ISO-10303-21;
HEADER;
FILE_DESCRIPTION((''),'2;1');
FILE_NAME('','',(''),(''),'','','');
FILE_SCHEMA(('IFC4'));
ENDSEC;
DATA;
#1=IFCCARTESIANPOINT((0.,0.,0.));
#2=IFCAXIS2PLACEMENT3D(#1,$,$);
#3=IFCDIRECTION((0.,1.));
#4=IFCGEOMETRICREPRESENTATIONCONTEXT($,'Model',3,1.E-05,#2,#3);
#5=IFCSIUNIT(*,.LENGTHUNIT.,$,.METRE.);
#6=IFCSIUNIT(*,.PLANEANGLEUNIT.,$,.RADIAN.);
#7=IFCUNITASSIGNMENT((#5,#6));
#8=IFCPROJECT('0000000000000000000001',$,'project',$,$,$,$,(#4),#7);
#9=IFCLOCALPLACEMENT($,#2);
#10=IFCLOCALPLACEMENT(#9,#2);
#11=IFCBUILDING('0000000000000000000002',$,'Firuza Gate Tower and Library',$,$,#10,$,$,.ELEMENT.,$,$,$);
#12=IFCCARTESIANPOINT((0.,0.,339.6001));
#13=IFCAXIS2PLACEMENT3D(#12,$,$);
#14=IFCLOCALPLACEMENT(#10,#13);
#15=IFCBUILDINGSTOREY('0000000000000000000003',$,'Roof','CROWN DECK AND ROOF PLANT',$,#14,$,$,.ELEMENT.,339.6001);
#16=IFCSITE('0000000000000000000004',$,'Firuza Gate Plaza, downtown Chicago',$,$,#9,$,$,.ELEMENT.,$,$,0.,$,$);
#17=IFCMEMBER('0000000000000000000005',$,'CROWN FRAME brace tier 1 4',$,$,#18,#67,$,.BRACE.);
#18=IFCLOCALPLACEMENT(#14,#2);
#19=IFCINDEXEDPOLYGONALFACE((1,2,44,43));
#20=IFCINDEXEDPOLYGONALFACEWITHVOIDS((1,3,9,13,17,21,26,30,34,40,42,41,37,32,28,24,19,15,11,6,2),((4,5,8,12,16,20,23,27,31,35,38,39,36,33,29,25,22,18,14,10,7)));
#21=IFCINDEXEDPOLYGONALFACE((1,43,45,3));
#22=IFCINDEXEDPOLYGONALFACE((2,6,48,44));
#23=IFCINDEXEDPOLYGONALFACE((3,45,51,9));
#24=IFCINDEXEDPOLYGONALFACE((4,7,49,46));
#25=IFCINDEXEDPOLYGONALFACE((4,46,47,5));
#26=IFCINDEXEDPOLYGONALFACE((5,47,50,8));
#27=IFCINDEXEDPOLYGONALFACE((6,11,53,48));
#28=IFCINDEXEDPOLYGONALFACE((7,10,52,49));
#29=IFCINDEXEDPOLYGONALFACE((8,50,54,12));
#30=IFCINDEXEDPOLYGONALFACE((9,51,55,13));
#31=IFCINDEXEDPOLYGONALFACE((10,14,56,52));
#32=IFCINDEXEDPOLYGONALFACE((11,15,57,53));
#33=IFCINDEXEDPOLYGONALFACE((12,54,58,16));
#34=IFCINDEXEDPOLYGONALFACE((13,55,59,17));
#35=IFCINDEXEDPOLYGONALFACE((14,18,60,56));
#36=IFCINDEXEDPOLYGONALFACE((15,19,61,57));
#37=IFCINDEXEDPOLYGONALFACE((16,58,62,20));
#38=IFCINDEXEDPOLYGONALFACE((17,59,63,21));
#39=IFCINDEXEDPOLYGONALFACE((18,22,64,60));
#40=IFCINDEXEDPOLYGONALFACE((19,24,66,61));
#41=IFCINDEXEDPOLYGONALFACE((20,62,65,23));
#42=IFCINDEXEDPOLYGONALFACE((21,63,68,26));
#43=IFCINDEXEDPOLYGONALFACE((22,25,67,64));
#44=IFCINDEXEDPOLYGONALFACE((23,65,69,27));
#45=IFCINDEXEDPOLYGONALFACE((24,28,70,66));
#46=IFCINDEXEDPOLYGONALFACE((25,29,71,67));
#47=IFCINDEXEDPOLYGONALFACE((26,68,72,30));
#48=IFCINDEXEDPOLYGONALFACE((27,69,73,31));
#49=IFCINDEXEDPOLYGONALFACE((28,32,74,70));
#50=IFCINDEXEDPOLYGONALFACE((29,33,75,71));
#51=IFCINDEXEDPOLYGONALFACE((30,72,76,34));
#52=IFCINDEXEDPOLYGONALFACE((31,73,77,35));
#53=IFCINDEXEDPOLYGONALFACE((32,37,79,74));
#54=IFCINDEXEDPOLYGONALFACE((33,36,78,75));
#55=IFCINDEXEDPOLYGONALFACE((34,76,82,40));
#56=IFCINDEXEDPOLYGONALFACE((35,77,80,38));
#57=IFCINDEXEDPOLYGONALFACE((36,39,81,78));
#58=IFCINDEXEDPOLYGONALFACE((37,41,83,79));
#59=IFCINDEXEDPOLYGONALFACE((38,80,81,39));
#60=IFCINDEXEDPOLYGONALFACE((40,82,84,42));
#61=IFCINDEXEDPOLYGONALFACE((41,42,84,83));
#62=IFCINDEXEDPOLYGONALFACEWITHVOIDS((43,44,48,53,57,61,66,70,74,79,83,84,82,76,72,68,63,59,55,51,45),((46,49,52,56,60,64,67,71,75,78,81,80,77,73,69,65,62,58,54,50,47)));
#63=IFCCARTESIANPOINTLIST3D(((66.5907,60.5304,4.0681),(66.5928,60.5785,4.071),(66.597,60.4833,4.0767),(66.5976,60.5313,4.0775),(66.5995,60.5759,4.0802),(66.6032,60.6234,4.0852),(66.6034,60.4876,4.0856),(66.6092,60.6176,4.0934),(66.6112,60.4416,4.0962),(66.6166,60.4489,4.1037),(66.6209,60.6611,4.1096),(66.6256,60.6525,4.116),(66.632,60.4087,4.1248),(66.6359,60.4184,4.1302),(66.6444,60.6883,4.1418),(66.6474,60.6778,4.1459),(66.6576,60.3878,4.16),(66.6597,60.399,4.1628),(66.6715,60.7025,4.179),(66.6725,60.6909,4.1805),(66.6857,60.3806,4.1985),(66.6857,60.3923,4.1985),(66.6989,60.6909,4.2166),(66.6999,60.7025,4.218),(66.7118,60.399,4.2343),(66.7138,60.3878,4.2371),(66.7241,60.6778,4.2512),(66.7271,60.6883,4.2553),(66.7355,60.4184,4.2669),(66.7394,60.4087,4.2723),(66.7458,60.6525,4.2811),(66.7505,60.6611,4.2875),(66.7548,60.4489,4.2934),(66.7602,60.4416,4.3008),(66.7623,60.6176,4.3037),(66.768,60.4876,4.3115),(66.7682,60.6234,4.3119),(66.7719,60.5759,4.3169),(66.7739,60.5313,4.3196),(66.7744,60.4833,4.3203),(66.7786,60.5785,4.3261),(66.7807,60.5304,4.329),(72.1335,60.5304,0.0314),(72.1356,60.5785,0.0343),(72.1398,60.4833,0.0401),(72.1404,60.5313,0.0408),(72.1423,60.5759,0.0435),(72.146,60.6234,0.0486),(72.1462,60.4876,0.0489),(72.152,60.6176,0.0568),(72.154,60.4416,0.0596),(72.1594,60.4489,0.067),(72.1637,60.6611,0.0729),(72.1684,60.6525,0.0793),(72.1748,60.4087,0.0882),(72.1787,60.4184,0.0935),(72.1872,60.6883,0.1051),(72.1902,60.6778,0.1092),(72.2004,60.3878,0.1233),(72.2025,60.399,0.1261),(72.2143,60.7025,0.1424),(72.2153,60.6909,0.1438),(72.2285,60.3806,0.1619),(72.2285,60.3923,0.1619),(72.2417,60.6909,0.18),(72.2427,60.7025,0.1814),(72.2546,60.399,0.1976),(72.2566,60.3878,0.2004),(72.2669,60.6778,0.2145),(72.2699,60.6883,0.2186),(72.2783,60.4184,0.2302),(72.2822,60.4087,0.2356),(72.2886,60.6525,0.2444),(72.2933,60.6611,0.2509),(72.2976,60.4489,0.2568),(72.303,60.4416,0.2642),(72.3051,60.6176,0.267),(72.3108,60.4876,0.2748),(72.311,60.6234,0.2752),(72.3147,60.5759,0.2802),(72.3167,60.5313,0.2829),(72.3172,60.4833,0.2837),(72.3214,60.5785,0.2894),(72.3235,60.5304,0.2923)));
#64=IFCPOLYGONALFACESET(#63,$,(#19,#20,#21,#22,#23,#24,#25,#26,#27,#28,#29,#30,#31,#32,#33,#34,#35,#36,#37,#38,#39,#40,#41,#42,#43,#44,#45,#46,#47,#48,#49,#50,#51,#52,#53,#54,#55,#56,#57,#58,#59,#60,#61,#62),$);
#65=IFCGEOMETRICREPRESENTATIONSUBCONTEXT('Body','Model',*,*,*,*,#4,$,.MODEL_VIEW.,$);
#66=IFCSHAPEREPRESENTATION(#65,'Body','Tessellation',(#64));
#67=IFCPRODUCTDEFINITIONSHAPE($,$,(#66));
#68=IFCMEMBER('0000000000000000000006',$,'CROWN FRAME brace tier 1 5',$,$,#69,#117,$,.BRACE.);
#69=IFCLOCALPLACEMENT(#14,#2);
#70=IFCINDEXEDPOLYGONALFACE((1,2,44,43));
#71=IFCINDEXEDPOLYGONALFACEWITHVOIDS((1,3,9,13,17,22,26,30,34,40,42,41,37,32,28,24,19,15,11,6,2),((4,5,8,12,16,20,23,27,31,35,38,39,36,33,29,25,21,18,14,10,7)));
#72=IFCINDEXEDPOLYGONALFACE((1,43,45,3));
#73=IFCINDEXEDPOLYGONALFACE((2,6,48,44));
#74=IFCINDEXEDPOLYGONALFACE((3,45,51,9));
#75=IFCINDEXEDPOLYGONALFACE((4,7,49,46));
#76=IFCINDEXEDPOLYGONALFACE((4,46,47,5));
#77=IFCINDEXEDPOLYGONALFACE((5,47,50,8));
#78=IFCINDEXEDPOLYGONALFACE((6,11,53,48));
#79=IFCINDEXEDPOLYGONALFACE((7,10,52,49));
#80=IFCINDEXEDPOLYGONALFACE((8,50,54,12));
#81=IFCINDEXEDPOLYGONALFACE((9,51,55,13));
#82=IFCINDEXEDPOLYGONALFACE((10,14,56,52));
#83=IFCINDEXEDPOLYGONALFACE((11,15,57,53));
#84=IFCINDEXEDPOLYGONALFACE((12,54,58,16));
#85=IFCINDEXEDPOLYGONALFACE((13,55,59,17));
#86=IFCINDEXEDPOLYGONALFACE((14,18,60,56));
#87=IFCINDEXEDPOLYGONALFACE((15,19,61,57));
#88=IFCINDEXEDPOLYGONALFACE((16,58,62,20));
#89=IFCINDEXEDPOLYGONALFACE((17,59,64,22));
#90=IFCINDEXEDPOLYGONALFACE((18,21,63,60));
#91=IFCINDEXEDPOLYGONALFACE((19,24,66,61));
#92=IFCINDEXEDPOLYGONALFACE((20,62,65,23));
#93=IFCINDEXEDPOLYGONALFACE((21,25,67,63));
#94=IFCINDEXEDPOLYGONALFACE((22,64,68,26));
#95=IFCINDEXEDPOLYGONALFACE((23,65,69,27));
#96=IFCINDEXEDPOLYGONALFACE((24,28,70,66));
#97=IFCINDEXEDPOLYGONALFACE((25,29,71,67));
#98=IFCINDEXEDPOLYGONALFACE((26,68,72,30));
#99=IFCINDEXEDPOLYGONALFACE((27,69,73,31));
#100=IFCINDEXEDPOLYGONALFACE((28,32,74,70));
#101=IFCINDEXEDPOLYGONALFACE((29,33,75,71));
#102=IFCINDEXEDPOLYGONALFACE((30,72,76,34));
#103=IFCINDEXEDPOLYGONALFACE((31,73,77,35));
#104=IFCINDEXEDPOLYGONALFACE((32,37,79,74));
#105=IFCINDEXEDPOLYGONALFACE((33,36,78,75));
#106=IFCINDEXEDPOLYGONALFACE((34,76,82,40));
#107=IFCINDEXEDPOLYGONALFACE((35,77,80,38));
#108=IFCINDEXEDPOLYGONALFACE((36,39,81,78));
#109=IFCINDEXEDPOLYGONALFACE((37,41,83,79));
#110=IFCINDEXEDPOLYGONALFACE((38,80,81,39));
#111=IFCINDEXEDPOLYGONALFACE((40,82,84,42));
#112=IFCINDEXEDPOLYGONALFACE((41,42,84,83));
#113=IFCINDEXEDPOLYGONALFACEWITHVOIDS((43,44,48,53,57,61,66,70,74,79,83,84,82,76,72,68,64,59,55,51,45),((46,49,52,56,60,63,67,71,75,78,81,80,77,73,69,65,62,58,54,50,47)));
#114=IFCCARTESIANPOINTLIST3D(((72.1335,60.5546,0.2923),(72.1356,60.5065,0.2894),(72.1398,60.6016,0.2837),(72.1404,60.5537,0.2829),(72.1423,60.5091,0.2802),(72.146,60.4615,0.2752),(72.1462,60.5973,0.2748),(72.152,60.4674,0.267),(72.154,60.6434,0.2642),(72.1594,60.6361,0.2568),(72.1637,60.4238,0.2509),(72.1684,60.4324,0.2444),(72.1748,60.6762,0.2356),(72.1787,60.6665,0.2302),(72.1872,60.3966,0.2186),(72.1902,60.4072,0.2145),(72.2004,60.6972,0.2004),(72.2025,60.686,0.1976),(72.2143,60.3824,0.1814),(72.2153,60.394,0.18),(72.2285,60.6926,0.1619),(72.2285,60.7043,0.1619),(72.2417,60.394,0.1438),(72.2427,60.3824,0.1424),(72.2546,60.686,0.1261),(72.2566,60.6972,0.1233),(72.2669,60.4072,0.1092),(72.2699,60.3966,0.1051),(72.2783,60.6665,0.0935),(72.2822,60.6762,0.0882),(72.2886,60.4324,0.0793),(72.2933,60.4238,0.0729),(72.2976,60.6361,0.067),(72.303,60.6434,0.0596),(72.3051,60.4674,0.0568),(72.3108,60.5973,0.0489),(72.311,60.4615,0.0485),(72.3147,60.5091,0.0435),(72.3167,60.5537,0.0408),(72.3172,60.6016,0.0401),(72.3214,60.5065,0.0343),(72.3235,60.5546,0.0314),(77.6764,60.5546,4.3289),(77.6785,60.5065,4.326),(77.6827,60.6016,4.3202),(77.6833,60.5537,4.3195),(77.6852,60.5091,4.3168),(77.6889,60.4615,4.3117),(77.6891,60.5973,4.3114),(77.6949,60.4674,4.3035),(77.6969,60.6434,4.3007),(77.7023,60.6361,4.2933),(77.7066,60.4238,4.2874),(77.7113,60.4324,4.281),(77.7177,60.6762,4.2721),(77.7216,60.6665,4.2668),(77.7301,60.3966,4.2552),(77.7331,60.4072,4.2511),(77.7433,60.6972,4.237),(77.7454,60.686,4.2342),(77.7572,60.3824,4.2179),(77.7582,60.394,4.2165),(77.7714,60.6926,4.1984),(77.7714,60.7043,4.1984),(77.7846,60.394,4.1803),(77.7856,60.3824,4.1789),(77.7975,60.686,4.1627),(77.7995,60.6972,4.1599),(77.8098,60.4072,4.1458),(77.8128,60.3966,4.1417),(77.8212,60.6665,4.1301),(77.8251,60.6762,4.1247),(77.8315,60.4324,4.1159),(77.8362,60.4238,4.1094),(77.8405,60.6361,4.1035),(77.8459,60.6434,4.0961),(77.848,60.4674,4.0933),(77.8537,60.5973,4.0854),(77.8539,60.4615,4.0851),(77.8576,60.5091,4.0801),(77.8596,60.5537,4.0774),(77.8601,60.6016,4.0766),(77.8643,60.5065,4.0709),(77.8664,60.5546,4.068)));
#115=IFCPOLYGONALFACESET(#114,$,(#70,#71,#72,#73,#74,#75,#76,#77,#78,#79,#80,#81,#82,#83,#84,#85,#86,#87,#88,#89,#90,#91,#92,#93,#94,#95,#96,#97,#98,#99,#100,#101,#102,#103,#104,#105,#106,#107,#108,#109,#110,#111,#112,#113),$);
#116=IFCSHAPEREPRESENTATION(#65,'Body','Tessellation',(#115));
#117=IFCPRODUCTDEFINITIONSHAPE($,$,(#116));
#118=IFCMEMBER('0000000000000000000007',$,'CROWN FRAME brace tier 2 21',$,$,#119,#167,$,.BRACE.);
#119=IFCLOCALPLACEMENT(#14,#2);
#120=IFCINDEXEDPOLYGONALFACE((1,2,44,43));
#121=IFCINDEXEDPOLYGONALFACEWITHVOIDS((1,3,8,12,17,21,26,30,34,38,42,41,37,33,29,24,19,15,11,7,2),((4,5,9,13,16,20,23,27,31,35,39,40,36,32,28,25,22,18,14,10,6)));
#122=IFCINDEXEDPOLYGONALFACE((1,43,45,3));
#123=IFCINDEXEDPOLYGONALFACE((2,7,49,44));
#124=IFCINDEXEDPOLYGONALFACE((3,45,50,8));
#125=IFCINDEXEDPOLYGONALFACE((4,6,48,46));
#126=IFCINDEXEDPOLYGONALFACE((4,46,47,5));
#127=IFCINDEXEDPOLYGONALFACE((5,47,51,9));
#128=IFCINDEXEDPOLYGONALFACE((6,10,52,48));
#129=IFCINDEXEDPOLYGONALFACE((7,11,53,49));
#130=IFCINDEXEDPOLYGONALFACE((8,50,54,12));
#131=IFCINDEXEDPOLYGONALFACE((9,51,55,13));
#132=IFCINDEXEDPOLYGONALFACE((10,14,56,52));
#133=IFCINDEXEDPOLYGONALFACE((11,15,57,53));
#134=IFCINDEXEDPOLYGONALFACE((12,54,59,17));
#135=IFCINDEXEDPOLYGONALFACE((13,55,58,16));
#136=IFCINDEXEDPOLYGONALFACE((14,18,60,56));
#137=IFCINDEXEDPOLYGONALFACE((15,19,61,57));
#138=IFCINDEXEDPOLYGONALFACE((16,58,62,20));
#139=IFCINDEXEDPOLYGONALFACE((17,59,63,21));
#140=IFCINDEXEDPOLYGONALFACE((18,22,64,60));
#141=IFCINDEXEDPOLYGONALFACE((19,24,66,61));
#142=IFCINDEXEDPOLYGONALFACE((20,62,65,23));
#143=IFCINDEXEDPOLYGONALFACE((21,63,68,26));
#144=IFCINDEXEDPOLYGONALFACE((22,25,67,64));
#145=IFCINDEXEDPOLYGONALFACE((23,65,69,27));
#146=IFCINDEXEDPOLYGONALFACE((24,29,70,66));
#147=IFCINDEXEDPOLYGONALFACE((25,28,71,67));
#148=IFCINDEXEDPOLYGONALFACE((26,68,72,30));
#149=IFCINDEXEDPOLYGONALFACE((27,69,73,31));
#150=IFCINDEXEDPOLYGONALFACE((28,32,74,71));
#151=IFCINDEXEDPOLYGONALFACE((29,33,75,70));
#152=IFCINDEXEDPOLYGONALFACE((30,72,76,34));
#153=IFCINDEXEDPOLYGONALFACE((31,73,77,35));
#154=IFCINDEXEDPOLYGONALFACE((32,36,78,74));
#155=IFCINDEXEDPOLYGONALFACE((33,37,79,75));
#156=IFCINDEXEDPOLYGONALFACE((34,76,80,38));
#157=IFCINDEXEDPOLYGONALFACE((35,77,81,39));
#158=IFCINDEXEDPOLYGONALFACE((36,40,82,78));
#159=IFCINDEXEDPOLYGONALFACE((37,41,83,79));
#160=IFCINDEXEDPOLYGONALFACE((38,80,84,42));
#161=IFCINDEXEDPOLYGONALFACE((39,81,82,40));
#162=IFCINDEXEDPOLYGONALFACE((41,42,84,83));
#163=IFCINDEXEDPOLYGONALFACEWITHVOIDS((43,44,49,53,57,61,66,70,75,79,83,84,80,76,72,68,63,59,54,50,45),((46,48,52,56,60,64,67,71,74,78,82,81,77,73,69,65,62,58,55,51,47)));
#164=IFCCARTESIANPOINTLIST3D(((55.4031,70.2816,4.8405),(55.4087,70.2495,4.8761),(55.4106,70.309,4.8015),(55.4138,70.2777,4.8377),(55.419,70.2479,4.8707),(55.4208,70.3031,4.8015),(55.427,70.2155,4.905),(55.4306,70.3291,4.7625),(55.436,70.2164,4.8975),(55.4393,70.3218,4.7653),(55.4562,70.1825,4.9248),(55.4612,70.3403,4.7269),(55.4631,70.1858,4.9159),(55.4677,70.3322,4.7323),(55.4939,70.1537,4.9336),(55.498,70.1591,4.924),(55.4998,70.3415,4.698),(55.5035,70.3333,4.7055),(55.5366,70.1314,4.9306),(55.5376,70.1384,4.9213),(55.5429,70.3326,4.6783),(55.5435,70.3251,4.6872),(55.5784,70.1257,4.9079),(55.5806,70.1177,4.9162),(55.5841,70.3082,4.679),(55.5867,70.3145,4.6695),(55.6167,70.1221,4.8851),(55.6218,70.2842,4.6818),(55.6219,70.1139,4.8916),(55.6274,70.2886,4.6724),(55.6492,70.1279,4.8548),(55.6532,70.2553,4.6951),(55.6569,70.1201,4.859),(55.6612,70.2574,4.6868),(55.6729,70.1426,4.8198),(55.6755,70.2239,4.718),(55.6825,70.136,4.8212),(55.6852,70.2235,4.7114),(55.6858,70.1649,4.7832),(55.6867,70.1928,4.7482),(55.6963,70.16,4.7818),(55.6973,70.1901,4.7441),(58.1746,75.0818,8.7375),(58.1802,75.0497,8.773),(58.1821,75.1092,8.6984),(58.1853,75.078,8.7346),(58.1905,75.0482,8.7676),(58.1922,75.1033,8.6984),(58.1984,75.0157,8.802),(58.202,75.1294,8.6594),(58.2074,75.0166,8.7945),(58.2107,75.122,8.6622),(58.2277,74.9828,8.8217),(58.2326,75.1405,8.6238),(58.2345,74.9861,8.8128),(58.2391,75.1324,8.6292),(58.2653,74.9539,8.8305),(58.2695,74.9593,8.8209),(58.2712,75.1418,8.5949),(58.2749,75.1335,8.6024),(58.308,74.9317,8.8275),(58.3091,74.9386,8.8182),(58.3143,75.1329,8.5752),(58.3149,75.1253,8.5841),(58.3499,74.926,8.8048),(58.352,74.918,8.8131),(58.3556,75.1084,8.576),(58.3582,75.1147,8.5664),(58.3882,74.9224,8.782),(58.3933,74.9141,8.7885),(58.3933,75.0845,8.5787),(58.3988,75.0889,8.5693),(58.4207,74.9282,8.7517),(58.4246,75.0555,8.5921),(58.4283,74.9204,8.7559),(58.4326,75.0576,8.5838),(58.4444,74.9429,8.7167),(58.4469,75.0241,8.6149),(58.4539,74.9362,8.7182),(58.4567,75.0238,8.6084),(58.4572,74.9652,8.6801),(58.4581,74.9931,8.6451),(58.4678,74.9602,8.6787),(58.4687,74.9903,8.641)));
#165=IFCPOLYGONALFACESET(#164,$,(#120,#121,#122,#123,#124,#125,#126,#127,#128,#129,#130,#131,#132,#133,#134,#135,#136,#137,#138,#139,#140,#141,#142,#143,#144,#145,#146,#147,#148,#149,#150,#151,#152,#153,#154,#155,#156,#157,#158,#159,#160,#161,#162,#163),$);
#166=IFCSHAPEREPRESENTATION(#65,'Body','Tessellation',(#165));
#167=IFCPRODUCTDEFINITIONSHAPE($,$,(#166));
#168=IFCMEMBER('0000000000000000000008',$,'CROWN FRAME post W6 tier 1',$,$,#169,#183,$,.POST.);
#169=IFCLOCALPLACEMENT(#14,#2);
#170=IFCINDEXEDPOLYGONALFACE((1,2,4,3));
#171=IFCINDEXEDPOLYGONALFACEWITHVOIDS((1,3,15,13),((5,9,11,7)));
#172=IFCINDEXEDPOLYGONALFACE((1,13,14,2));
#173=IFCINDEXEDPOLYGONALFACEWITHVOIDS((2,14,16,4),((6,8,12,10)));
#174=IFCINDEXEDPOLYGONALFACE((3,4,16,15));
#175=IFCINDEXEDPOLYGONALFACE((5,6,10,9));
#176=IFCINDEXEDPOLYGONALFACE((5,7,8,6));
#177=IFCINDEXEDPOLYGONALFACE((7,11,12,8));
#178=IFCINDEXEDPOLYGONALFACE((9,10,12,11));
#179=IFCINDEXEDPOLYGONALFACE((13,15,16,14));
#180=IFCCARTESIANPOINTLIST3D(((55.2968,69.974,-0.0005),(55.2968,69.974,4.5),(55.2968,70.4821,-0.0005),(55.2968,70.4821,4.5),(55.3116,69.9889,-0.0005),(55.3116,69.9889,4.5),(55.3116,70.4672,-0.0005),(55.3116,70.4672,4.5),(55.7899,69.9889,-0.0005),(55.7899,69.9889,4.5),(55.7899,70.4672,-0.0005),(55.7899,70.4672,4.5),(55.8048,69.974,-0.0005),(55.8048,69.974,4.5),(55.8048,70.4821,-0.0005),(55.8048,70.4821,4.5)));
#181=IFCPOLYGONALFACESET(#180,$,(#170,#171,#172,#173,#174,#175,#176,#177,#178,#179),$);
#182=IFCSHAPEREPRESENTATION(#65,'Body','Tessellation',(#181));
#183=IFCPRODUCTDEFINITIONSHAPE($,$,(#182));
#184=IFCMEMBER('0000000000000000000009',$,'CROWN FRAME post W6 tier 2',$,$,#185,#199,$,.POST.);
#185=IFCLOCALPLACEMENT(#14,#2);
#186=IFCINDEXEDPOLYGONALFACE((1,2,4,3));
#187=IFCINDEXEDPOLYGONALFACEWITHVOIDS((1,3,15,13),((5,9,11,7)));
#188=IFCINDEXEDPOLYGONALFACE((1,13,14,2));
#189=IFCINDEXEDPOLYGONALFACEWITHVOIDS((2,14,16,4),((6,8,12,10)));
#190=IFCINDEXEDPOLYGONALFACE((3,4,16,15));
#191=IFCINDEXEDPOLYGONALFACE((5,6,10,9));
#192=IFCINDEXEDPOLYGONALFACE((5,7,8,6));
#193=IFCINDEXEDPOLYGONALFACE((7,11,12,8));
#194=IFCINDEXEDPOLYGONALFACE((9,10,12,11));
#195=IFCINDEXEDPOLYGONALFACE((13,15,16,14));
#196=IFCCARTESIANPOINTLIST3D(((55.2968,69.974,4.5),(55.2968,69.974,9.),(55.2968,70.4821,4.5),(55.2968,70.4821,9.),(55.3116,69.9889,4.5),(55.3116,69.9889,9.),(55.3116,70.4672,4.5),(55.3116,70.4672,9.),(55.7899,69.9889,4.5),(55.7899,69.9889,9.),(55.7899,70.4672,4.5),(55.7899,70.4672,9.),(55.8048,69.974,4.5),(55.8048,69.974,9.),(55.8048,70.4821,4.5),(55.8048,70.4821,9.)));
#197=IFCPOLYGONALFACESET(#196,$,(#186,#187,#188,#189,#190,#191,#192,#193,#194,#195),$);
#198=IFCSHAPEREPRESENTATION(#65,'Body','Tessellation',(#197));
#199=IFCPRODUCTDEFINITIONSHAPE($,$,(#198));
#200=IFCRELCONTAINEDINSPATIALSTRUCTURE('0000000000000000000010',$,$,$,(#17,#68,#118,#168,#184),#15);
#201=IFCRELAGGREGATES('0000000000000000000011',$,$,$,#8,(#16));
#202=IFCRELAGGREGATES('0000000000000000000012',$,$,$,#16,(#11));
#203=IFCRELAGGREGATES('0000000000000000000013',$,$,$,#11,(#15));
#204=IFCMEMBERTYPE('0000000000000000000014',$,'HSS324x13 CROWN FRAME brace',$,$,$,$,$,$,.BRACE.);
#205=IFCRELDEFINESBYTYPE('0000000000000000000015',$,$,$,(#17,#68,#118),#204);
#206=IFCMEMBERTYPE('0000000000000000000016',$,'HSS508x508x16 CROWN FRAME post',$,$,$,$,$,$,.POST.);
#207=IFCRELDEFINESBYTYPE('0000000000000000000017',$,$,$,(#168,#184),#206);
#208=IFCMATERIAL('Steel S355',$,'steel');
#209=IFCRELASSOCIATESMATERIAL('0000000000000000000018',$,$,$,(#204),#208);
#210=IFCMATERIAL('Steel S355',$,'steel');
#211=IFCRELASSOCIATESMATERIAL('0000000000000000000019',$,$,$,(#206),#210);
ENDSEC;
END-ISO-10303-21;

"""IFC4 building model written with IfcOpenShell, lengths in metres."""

from ifc_helpers import new_model, si_unit, direction, frame, origin, origin_2d, place, context, subcontext, project, spatial, hollow_rectangle, hollow_circle, extrude, material, material_profile, profile_set, type_object, element, save


model = new_model("IFC4")

# Units and contexts
model_context = context("Model", 3, precision=1e-05, world=origin(), true_north=direction((0.0, 1.0)))
body_context = subcontext(model_context, "Body", "Model", "MODEL_VIEW")
ifc_project = project(units=[si_unit("LENGTHUNIT", "METRE"), si_unit("PLANEANGLEUNIT", "RADIAN")], contexts=[model_context])

# Site, building, storey
site_placement = place(None, origin())
site = spatial("IfcSite", under=ifc_project, at=site_placement, Name="Firuza Gate Plaza, downtown Chicago", CompositionType="ELEMENT", RefElevation=0.0)
building_placement = place(site_placement, origin())
building = spatial("IfcBuilding", under=site, at=building_placement, Name="Firuza Gate Tower and Library", CompositionType="ELEMENT")
storey_placement = place(building_placement, frame((0.0, 0.0, 339.6001)))
storey = spatial("IfcBuildingStorey", under=building, at=storey_placement, Name="Roof", Description="CROWN DECK AND ROOF PLANT", CompositionType="ELEMENT", Elevation=339.6001)

# Members
ifc_material_1 = material(Name="Steel S355", Category="steel")
ifc_material_profile_1 = material_profile(ifc_material_1, hollow_circle(Radius=0.1619, WallThickness=0.0117, at=origin_2d()))
ifc_profile_set_1 = profile_set([ifc_material_profile_1], Name="Steel S355")
member_type_1 = type_object("IfcMemberType", Name="HSS324x13 CROWN FRAME brace", PredefinedType="BRACE", material=ifc_profile_set_1)
for number, where, z_axis, x_axis, name in (
    (1, (72.2285, 60.5425, 0.1619), (-0.808351, 0.0, 0.588701), (0.0, -1.0, 0.0), "CROWN FRAME brace tier 1 4"),
    (2, (72.2285, 60.5425, 0.1619), (0.808363, 0.0, 0.588684), (0.0, 1.0, 0.0), "CROWN FRAME brace tier 1 5"),
):
    element("IfcMember", number, at=place(storey_placement, frame(where, z_axis=z_axis, x_axis=x_axis)), inside=storey, type_object=member_type_1, Name=name, PredefinedType="BRACE", context=body_context, shape_type="SweptSolid", body=[
        extrude(hollow_circle(Radius=0.1619, WallThickness=0.0117, at=origin_2d()), origin(), (0.0, 0.0, 1.0), 6.8569),
    ])
member_1_placement = place(storey_placement, frame((55.5508, 70.228, 4.8015), z_axis=(0.409032, 0.708455, 0.575138), x_axis=(-0.866023, 0.500005, 0.0)))
element("IfcMember", 3, at=member_1_placement, inside=storey, type_object=member_type_1, Name="CROWN FRAME brace tier 2 21", PredefinedType="BRACE", context=body_context, shape_type="SweptSolid", body=[
    extrude(hollow_circle(Radius=0.1619, WallThickness=0.0117, at=origin_2d()), origin(), (0.0, 0.0, 1.0), 6.7756),
])
ifc_material_2 = material(Name="Steel S355", Category="steel")
ifc_material_profile_2 = material_profile(ifc_material_2, hollow_rectangle(XDim=0.5081, YDim=0.5081, WallThickness=0.0149, at=origin_2d()))
ifc_profile_set_2 = profile_set([ifc_material_profile_2], Name="Steel S355")
member_type_2 = type_object("IfcMemberType", Name="HSS508x508x16 CROWN FRAME post", PredefinedType="POST", material=ifc_profile_set_2)
member_2_placement = place(storey_placement, frame((55.5508, 70.228, -0.0005), z_axis=(0.0, 0.0, 1.0), x_axis=(1.0, 0.0, 0.0)))
element("IfcMember", 4, at=member_2_placement, inside=storey, type_object=member_type_2, Name="CROWN FRAME post W6 tier 1", PredefinedType="POST", context=body_context, shape_type="SweptSolid", body=[
    extrude(hollow_rectangle(XDim=0.5081, YDim=0.5081, WallThickness=0.0149, at=origin_2d()), origin(), (0.0, 0.0, 1.0), 4.5005),
])
member_3_placement = place(storey_placement, frame((55.5508, 70.228, 4.5), z_axis=(0.0, 0.0, 1.0), x_axis=(1.0, 0.0, 0.0)))
element("IfcMember", 5, at=member_3_placement, inside=storey, type_object=member_type_2, Name="CROWN FRAME post W6 tier 2", PredefinedType="POST", context=body_context, shape_type="SweptSolid", body=[
    extrude(hollow_rectangle(XDim=0.5081, YDim=0.5081, WallThickness=0.0149, at=origin_2d()), origin(), (0.0, 0.0, 1.0), 4.5),
])

save(model, "model.ifc")
